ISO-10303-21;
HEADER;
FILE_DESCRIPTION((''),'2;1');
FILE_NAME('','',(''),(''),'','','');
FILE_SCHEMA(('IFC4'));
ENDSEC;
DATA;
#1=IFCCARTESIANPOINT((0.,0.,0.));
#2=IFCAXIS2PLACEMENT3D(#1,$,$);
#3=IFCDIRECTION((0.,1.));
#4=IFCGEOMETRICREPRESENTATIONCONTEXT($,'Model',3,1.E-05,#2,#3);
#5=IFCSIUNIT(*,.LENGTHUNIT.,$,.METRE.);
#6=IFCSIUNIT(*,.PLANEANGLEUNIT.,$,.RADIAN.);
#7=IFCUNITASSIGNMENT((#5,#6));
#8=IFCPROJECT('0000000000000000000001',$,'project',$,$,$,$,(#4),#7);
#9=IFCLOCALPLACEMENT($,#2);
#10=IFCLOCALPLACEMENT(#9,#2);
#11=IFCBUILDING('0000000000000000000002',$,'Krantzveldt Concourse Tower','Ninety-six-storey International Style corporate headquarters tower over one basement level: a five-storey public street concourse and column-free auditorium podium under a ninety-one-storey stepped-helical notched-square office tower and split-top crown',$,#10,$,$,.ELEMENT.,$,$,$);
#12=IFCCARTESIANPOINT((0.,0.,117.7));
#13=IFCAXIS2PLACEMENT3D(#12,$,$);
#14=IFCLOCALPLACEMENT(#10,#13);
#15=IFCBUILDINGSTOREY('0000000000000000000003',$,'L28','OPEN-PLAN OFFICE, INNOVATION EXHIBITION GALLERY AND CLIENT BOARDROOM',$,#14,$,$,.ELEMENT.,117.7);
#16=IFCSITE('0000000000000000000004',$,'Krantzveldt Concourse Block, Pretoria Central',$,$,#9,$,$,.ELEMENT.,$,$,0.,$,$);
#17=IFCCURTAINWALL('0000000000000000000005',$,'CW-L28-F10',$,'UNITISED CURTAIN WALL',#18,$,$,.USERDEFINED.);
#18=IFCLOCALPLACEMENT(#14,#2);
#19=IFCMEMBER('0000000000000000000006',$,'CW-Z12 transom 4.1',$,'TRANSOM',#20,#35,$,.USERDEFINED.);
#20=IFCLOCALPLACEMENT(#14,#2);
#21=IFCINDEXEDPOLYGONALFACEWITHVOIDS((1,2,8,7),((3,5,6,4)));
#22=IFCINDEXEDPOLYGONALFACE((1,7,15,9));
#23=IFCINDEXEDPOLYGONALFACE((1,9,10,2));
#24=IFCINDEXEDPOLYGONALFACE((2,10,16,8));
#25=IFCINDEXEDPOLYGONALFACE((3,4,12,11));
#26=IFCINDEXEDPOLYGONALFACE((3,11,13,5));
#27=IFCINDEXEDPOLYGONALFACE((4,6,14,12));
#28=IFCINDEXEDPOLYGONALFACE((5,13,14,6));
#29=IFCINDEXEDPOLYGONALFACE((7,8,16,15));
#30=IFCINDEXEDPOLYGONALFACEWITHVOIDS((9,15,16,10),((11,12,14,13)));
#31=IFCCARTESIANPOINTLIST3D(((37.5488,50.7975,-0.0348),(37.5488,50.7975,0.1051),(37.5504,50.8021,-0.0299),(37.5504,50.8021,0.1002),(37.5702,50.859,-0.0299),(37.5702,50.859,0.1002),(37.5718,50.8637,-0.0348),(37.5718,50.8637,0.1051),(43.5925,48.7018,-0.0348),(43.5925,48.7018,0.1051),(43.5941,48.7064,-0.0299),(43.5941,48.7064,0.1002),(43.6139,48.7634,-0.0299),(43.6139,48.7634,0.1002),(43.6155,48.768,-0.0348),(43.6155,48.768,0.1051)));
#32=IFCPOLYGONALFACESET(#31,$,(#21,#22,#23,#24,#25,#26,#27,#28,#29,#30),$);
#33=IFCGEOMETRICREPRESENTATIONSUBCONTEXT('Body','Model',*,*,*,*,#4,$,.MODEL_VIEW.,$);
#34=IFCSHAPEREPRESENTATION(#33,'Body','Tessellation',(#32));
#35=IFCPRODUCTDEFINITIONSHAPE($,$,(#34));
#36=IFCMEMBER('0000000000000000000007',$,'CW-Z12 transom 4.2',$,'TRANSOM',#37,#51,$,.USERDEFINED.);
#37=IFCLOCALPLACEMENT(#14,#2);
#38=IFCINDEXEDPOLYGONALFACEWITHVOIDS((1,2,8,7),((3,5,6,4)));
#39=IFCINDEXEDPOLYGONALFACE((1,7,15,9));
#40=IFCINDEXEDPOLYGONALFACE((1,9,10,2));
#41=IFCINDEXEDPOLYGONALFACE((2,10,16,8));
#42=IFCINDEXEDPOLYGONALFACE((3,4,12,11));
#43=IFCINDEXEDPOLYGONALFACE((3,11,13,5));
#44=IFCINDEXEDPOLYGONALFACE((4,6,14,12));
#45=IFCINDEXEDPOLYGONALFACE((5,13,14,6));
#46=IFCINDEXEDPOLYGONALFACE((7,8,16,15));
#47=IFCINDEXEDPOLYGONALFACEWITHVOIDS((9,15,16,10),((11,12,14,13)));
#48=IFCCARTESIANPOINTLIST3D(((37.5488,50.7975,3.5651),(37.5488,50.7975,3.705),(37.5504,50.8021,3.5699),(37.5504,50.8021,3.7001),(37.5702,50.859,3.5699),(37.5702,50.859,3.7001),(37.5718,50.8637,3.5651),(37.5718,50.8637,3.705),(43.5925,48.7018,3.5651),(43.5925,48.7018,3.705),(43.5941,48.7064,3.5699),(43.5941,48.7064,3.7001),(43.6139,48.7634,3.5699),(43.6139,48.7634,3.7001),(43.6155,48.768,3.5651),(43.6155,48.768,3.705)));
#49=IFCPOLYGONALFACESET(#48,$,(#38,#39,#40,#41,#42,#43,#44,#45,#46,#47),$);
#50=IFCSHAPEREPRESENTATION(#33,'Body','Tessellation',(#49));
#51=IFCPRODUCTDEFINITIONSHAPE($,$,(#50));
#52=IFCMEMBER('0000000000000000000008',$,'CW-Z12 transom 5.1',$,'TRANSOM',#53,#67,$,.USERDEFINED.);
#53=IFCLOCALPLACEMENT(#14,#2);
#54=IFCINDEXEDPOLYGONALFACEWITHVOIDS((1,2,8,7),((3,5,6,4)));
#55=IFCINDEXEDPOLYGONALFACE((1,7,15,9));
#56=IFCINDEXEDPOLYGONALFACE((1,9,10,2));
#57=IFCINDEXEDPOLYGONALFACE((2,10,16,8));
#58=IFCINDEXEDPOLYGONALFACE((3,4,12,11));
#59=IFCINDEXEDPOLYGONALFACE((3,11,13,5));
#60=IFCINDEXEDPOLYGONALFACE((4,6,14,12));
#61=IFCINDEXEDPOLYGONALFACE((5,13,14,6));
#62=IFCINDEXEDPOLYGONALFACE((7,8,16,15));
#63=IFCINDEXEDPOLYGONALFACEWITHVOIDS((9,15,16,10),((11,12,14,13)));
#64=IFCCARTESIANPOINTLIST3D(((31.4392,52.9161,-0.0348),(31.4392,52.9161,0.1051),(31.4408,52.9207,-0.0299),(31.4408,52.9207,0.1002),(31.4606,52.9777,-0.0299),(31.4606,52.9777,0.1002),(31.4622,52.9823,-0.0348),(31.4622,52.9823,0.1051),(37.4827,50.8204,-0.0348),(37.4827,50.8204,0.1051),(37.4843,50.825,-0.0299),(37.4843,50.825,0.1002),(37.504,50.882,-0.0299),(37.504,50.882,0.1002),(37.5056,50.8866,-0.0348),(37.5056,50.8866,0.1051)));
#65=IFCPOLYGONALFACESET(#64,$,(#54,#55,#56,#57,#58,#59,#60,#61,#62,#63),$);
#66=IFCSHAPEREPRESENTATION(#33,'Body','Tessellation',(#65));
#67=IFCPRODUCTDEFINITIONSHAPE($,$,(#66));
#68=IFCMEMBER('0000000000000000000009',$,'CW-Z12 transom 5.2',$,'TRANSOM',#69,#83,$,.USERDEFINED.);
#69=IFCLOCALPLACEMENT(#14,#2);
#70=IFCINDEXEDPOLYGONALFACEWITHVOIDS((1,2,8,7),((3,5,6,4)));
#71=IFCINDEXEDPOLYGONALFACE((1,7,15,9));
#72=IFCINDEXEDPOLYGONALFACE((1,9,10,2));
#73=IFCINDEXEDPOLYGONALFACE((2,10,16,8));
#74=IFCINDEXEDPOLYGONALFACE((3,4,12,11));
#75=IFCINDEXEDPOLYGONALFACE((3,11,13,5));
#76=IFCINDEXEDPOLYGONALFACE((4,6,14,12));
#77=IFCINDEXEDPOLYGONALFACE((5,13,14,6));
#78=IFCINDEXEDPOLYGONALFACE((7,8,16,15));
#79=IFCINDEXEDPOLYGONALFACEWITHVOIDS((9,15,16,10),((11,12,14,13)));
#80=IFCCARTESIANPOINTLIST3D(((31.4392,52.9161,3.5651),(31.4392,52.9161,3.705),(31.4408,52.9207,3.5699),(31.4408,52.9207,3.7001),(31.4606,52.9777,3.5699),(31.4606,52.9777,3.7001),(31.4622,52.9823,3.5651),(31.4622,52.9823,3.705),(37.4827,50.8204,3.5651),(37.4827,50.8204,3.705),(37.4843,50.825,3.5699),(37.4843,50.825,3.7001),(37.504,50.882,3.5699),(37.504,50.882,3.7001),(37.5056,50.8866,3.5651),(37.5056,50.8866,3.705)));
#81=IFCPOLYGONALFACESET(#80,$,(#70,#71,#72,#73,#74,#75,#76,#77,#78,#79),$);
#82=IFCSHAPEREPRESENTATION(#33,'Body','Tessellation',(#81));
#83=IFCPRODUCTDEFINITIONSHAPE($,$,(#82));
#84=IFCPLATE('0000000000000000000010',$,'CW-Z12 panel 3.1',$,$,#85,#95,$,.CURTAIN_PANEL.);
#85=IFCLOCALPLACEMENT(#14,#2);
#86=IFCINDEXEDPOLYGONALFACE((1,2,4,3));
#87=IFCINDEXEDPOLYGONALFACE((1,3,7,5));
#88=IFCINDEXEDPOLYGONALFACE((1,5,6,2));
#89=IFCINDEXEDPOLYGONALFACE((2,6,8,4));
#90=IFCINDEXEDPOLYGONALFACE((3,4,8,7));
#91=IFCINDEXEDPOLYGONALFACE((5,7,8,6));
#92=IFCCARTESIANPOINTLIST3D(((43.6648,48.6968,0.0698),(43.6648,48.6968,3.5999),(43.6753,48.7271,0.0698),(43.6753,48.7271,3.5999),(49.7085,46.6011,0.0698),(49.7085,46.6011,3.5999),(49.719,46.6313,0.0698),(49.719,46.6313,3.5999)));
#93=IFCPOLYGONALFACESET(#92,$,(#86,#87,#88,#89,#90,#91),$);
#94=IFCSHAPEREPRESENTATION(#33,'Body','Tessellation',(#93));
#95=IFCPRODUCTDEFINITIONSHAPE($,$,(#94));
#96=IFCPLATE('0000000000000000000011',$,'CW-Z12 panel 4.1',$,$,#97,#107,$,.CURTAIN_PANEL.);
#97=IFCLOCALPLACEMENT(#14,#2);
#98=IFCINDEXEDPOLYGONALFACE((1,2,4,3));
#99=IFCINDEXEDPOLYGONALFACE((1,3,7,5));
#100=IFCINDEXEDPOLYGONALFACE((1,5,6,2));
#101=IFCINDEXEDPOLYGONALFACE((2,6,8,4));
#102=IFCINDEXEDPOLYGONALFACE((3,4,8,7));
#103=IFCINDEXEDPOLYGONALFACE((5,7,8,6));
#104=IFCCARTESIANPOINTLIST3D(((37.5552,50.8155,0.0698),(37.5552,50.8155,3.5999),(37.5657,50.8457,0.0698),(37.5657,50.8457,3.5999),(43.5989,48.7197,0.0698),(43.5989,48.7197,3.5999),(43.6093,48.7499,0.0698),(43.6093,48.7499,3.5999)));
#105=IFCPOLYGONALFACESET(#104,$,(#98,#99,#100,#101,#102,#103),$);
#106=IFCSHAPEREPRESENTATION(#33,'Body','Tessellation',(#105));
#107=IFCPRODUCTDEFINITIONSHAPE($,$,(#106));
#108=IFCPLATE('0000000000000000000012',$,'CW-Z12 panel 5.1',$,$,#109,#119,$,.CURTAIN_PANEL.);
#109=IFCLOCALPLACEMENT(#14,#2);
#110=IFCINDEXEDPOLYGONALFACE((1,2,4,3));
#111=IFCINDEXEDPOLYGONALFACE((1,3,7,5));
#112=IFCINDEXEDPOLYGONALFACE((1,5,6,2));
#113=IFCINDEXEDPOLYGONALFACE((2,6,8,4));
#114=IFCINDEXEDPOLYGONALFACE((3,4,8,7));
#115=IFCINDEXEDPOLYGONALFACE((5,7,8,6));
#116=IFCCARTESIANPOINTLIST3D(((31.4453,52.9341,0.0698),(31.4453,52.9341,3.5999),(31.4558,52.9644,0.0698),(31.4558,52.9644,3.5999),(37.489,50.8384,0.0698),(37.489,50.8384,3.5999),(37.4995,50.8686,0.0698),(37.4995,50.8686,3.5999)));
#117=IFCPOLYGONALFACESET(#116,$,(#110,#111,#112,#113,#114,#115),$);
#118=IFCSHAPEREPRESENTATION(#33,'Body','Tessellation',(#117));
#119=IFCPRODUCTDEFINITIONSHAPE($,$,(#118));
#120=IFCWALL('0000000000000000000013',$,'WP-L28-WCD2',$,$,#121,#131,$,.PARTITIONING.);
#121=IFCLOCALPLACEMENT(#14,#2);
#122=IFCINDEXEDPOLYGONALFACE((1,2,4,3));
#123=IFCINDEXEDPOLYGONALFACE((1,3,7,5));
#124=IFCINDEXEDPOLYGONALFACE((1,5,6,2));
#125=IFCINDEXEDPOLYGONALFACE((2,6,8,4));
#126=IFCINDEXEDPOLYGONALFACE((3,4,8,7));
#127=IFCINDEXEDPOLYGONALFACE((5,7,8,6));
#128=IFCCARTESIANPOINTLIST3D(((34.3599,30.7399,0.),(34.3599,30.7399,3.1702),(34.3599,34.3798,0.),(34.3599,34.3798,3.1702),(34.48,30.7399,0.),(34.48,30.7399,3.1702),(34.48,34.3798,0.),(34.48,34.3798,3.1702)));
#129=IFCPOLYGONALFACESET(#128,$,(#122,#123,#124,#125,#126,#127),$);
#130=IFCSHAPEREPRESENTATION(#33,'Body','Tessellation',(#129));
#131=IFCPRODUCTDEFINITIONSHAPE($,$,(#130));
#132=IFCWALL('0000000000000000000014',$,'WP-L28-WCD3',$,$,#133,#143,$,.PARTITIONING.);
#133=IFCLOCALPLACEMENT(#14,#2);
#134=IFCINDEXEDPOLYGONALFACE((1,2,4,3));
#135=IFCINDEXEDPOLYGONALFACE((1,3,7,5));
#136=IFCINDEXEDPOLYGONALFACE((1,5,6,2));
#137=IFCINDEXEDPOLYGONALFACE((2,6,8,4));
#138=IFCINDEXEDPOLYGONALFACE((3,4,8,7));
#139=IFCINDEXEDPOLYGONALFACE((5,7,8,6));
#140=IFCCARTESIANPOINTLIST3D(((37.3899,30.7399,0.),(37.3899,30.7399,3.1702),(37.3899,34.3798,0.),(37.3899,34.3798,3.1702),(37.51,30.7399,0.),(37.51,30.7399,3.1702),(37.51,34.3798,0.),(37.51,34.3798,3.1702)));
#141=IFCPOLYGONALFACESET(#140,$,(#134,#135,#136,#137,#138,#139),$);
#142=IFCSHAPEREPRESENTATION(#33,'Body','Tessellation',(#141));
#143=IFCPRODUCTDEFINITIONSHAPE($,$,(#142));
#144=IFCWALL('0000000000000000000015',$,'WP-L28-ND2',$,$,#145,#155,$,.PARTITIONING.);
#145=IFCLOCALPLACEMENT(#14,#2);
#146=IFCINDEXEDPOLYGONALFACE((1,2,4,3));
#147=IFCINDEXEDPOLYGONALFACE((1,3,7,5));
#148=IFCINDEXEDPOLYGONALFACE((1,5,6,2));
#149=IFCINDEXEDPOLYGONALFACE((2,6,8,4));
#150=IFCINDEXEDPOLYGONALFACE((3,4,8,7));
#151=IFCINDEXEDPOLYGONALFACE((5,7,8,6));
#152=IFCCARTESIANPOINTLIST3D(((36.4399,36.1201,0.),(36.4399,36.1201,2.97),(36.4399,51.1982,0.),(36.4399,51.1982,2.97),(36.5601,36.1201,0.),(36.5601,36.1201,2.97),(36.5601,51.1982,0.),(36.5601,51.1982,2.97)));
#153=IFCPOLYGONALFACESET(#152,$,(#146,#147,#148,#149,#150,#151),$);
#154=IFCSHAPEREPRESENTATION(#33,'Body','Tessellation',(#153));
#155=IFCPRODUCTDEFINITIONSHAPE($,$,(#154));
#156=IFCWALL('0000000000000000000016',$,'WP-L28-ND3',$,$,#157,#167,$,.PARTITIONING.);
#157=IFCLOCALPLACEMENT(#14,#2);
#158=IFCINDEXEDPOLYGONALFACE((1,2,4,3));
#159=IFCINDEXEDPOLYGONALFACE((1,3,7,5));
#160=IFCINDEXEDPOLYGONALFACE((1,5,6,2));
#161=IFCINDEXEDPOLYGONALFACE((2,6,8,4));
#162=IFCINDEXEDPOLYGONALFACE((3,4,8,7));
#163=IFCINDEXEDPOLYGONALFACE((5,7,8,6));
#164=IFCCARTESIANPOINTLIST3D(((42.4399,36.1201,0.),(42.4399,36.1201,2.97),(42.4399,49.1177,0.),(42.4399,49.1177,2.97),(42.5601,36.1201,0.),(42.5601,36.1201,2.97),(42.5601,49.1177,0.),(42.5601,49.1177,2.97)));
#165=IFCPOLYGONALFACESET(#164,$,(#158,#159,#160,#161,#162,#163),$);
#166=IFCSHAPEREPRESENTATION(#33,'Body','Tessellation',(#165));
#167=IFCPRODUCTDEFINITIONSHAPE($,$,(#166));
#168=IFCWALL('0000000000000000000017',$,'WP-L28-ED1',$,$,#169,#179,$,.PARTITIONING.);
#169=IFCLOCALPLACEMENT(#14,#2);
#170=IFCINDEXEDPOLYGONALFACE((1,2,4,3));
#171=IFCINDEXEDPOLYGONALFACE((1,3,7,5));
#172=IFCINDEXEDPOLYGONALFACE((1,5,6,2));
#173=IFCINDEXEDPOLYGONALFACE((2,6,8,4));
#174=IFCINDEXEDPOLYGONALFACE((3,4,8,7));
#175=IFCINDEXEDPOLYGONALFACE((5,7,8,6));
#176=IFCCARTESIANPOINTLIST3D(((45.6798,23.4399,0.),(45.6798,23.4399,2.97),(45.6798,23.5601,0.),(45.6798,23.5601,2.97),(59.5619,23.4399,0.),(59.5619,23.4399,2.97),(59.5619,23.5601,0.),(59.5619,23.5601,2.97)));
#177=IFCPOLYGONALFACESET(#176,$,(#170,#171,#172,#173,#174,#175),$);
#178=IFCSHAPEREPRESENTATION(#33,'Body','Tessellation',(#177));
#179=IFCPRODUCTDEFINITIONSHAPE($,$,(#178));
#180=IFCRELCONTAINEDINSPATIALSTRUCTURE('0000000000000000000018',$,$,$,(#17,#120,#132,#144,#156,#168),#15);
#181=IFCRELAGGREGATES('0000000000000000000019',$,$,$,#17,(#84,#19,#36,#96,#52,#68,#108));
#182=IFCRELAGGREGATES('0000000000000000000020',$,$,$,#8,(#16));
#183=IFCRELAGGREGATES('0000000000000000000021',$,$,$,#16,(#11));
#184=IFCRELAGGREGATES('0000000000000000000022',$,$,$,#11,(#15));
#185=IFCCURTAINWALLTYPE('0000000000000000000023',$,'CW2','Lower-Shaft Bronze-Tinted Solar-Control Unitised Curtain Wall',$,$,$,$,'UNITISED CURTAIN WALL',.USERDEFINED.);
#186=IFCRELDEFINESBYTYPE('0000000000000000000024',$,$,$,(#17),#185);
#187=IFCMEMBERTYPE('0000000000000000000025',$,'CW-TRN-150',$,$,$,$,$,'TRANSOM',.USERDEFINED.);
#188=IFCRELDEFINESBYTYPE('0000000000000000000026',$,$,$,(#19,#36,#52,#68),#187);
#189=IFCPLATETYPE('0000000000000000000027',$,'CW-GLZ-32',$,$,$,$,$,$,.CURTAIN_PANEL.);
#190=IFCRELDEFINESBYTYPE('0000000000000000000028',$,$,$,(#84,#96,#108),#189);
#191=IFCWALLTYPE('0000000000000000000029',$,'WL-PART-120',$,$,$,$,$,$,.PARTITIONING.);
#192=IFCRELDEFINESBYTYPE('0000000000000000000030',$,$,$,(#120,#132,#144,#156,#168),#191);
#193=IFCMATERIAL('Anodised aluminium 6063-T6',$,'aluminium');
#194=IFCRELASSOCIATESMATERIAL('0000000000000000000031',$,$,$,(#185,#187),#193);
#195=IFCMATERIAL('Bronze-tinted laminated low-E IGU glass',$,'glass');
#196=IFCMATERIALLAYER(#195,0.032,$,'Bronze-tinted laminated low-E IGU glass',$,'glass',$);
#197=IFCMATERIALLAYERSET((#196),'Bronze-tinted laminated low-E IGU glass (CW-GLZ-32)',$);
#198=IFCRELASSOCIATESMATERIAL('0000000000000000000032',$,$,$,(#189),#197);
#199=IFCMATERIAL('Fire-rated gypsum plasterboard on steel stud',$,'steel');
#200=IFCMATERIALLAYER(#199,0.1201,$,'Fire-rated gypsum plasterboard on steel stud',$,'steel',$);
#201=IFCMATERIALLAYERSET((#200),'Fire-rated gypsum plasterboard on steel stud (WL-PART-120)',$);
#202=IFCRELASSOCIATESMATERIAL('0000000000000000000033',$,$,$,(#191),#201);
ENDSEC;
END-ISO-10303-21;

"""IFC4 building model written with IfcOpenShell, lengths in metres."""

from ifc_helpers import new_model, si_unit, direction, frame, frame_2d, origin, origin_2d, place, context, subcontext, project, spatial, rectangle, hollow_rectangle, extrude, source, transform, mapped, material, layer, layer_set, material_profile, profile_set, type_object, type_shapes, element, aggregate, save


model = new_model("IFC4")

# Units and contexts
model_context = context("Model", 3, precision=1e-05, world=origin(), true_north=direction((0.0, 1.0)))
body_context = subcontext(model_context, "Body", "Model", "MODEL_VIEW")
ifc_project = project(units=[si_unit("LENGTHUNIT", "METRE"), si_unit("PLANEANGLEUNIT", "RADIAN")], contexts=[model_context])

# Site, building, storey
site_placement = place(None, origin())
site = spatial("IfcSite", under=ifc_project, at=site_placement, Name="Krantzveldt Concourse Block, Pretoria Central", CompositionType="ELEMENT", RefElevation=0.0)
building_placement = place(site_placement, origin())
building = spatial("IfcBuilding", under=site, at=building_placement, Name="Krantzveldt Concourse Tower", Description="Ninety-six-storey International Style corporate headquarters tower over one basement level: a five-storey public street concourse and column-free auditorium podium under a ninety-one-storey stepped-helical notched-square office tower and split-top crown", CompositionType="ELEMENT")
storey_placement = place(building_placement, frame((0.0, 0.0, 117.7)))
storey = spatial("IfcBuildingStorey", under=building, at=storey_placement, Name="L28", Description="OPEN-PLAN OFFICE, INNOVATION EXHIBITION GALLERY AND CLIENT BOARDROOM", CompositionType="ELEMENT", Elevation=117.7)

# Curtain wall, members, plates
ifc_material_1 = material(Name="Anodised aluminium 6063-T6", Category="aluminium")
curtain_wall_type = type_object("IfcCurtainWallType", Name="CW2", Description="Lower-Shaft Bronze-Tinted Solar-Control Unitised Curtain Wall", ElementType="UNITISED CURTAIN WALL", PredefinedType="USERDEFINED", material=ifc_material_1)
curtain_wall_placement = place(storey_placement, origin())
curtain_wall = element("IfcCurtainWall", 1, at=curtain_wall_placement, inside=storey, type_object=curtain_wall_type, Name="CW-L28-F10", ObjectType="UNITISED CURTAIN WALL", PredefinedType="USERDEFINED")
ifc_material_profile_1 = material_profile(ifc_material_1, hollow_rectangle(XDim=0.0701, YDim=0.1399, WallThickness=0.0049, at=origin_2d()), Name="Anodised aluminium 6063-T6", Category="aluminium")
ifc_profile_set_1 = profile_set([ifc_material_profile_1], Name="Anodised aluminium 6063-T6 - ALU-TRAN 140x70x5")
member_type_1 = type_object("IfcMemberType", Name="CW-TRN-150", ElementType="TRANSOM", PredefinedType="USERDEFINED", material=ifc_profile_set_1)
shared_shape_1 = source(origin(), body_context, "Body", "SweptSolid", [
    extrude(hollow_rectangle(XDim=0.0701, YDim=0.1399, WallThickness=0.0049, at=origin_2d()), origin(), (0.0, 0.0, 1.0), 6.3967),
])
member_1_placement = place(storey_placement, frame((43.604, 48.7349, 0.0352), z_axis=(-0.944809, 0.32762, 0.0), x_axis=(-0.32762, -0.944809, 0.0)))
member_1 = element("IfcMember", 2, at=member_1_placement, type_object=member_type_1, Name="CW-Z12 transom 4.1", ObjectType="TRANSOM", PredefinedType="USERDEFINED", context=body_context, shape_type="MappedRepresentation", body=[
    mapped(shared_shape_1, transform((0.0, 0.0, 0.0), x_axis=(1.0, 0.0, 0.0), y_axis=(0.0, 1.0, 0.0), z_axis=(0.0, 0.0, 1.0), scale=1.0)),
])
member_2_placement = place(storey_placement, frame((43.604, 48.7349, 3.635), z_axis=(-0.944809, 0.32762, 0.0), x_axis=(-0.32762, -0.944809, 0.0)))
member_2 = element("IfcMember", 3, at=member_2_placement, type_object=member_type_1, Name="CW-Z12 transom 4.2", ObjectType="TRANSOM", PredefinedType="USERDEFINED", context=body_context, shape_type="MappedRepresentation", body=[
    mapped(shared_shape_1, transform((0.0, 0.0, 0.0), x_axis=(1.0, 0.0, 0.0), y_axis=(0.0, 1.0, 0.0), z_axis=(0.0, 0.0, 1.0), scale=1.0)),
])
shared_shape_2 = source(origin(), body_context, "Body", "SweptSolid", [
    extrude(hollow_rectangle(XDim=0.0701, YDim=0.1399, WallThickness=0.0049, at=origin_2d()), origin(), (0.0, 0.0, 1.0), 6.3965),
])
type_shapes(member_type_1, [shared_shape_1, shared_shape_2])
member_3_placement = place(storey_placement, frame((37.4941, 50.8535, 0.0352), z_axis=(-0.944805, 0.327632, 0.0), x_axis=(-0.327632, -0.944805, 0.0)))
member_3 = element("IfcMember", 4, at=member_3_placement, type_object=member_type_1, Name="CW-Z12 transom 5.1", ObjectType="TRANSOM", PredefinedType="USERDEFINED", context=body_context, shape_type="MappedRepresentation", body=[
    mapped(shared_shape_2, transform((0.0, 0.0, 0.0), x_axis=(1.0, 0.0, 0.0), y_axis=(0.0, 1.0, 0.0), z_axis=(0.0, 0.0, 1.0), scale=1.0)),
])
member_4_placement = place(storey_placement, frame((37.4941, 50.8535, 3.635), z_axis=(-0.944805, 0.327632, 0.0), x_axis=(-0.327632, -0.944805, 0.0)))
member_4 = element("IfcMember", 5, at=member_4_placement, type_object=member_type_1, Name="CW-Z12 transom 5.2", ObjectType="TRANSOM", PredefinedType="USERDEFINED", context=body_context, shape_type="MappedRepresentation", body=[
    mapped(shared_shape_2, transform((0.0, 0.0, 0.0), x_axis=(1.0, 0.0, 0.0), y_axis=(0.0, 1.0, 0.0), z_axis=(0.0, 0.0, 1.0), scale=1.0)),
])
ifc_material_2 = material(Name="Bronze-tinted laminated low-E IGU glass", Category="glass")
ifc_layer_1 = layer(ifc_material_2, 0.032, Name="Bronze-tinted laminated low-E IGU glass", Category="glass")
ifc_layer_set_1 = layer_set([ifc_layer_1], Name="Bronze-tinted laminated low-E IGU glass (CW-GLZ-32)")
plate_type = type_object("IfcPlateType", Name="CW-GLZ-32", PredefinedType="CURTAIN_PANEL", material=ifc_layer_set_1)
shared_shape_3 = source(origin(), body_context, "Body", "SweptSolid", [
    extrude(rectangle(XDim=6.3967, YDim=0.032, at=origin_2d()), origin(), (0.0, 0.0, 1.0), 3.53),
])
type_shapes(plate_type, [shared_shape_3])
plate_1_placement = place(storey_placement, frame((46.6919, 47.6641, 0.0698), z_axis=(0.0, 0.0, 1.0), x_axis=(-0.944806, 0.32763, 0.0)))
plate_1 = element("IfcPlate", 6, at=plate_1_placement, type_object=plate_type, Name="CW-Z12 panel 3.1", PredefinedType="CURTAIN_PANEL", context=body_context, shape_type="MappedRepresentation", body=[
    mapped(shared_shape_3, transform((0.0, 0.0, 0.0), x_axis=(1.0, 0.0, 0.0), y_axis=(0.0, 1.0, 0.0), z_axis=(0.0, 0.0, 1.0), scale=1.0)),
])
plate_2_placement = place(storey_placement, frame((40.5823, 49.7827, 0.0698), z_axis=(0.0, 0.0, 1.0), x_axis=(-0.944806, 0.32763, 0.0)))
plate_2 = element("IfcPlate", 7, at=plate_2_placement, type_object=plate_type, Name="CW-Z12 panel 4.1", PredefinedType="CURTAIN_PANEL", context=body_context, shape_type="MappedRepresentation", body=[
    mapped(shared_shape_3, transform((0.0, 0.0, 0.0), x_axis=(1.0, 0.0, 0.0), y_axis=(0.0, 1.0, 0.0), z_axis=(0.0, 0.0, 1.0), scale=1.0)),
])
plate_3_placement = place(storey_placement, frame((34.4724, 51.9014, 0.0698), z_axis=(0.0, 0.0, 1.0), x_axis=(-0.944806, 0.32763, 0.0)))
plate_3 = element("IfcPlate", 8, at=plate_3_placement, type_object=plate_type, Name="CW-Z12 panel 5.1", PredefinedType="CURTAIN_PANEL", context=body_context, shape_type="MappedRepresentation", body=[
    mapped(shared_shape_3, transform((0.0, 0.0, 0.0), x_axis=(1.0, 0.0, 0.0), y_axis=(0.0, 1.0, 0.0), z_axis=(0.0, 0.0, 1.0), scale=1.0)),
])
aggregate(curtain_wall, [plate_1, member_1, member_2, plate_2, member_3, member_4, plate_3])

# Walls
ifc_material_3 = material(Name="Fire-rated gypsum plasterboard on steel stud", Category="steel")
ifc_layer_2 = layer(ifc_material_3, 0.1201, Name="Fire-rated gypsum plasterboard on steel stud", Category="steel")
ifc_layer_set_2 = layer_set([ifc_layer_2], Name="Fire-rated gypsum plasterboard on steel stud (WL-PART-120)")
wall_type_1 = type_object("IfcWallType", Name="WL-PART-120", PredefinedType="PARTITIONING", material=ifc_layer_set_2)
for number, where, z_axis, x_axis, name in (
    (9, (34.4199, 30.74, 0.0), (0.0, 0.0, 1.0), (0.0, 1.0, 0.0), "WP-L28-WCD2"),
    (10, (37.45, 30.74, 0.0), (0.0, 0.0, 1.0), (0.0, 1.0, 0.0), "WP-L28-WCD3"),
):
    element("IfcWall", number, at=place(storey_placement, frame(where, z_axis=z_axis, x_axis=x_axis)), inside=storey, type_object=wall_type_1, Name=name, PredefinedType="PARTITIONING", context=body_context, shape_type="SweptSolid", body=[
        extrude(rectangle(XDim=3.6399, YDim=0.1201, at=frame_2d((1.8198, 0.0))), origin(), (0.0, 0.0, 1.0), 3.1702),
    ])
wall_1_placement = place(storey_placement, frame((36.5, 36.1201, 0.0), z_axis=(0.0, 0.0, 1.0), x_axis=(0.0, 1.0, 0.0)))
element("IfcWall", 11, at=wall_1_placement, inside=storey, type_object=wall_type_1, Name="WP-L28-ND2", PredefinedType="PARTITIONING", context=body_context, shape_type="SweptSolid", body=[
    extrude(rectangle(XDim=15.0781, YDim=0.1201, at=frame_2d((7.5391, 0.0))), origin(), (0.0, 0.0, 1.0), 2.97),
])
wall_2_placement = place(storey_placement, frame((42.5, 36.1201, 0.0), z_axis=(0.0, 0.0, 1.0), x_axis=(0.0, 1.0, 0.0)))
element("IfcWall", 12, at=wall_2_placement, inside=storey, type_object=wall_type_1, Name="WP-L28-ND3", PredefinedType="PARTITIONING", context=body_context, shape_type="SweptSolid", body=[
    extrude(rectangle(XDim=12.9976, YDim=0.1201, at=frame_2d((6.4988, 0.0))), origin(), (0.0, 0.0, 1.0), 2.97),
])
wall_3_placement = place(storey_placement, frame((45.6799, 23.5, 0.0), z_axis=(0.0, 0.0, 1.0), x_axis=(1.0, 0.0, 0.0)))
element("IfcWall", 13, at=wall_3_placement, inside=storey, type_object=wall_type_1, Name="WP-L28-ED1", PredefinedType="PARTITIONING", context=body_context, shape_type="SweptSolid", body=[
    extrude(rectangle(XDim=13.8821, YDim=0.1201, at=frame_2d((6.9409, 0.0))), origin(), (0.0, 0.0, 1.0), 2.97),
])

save(model, "model.ifc")
